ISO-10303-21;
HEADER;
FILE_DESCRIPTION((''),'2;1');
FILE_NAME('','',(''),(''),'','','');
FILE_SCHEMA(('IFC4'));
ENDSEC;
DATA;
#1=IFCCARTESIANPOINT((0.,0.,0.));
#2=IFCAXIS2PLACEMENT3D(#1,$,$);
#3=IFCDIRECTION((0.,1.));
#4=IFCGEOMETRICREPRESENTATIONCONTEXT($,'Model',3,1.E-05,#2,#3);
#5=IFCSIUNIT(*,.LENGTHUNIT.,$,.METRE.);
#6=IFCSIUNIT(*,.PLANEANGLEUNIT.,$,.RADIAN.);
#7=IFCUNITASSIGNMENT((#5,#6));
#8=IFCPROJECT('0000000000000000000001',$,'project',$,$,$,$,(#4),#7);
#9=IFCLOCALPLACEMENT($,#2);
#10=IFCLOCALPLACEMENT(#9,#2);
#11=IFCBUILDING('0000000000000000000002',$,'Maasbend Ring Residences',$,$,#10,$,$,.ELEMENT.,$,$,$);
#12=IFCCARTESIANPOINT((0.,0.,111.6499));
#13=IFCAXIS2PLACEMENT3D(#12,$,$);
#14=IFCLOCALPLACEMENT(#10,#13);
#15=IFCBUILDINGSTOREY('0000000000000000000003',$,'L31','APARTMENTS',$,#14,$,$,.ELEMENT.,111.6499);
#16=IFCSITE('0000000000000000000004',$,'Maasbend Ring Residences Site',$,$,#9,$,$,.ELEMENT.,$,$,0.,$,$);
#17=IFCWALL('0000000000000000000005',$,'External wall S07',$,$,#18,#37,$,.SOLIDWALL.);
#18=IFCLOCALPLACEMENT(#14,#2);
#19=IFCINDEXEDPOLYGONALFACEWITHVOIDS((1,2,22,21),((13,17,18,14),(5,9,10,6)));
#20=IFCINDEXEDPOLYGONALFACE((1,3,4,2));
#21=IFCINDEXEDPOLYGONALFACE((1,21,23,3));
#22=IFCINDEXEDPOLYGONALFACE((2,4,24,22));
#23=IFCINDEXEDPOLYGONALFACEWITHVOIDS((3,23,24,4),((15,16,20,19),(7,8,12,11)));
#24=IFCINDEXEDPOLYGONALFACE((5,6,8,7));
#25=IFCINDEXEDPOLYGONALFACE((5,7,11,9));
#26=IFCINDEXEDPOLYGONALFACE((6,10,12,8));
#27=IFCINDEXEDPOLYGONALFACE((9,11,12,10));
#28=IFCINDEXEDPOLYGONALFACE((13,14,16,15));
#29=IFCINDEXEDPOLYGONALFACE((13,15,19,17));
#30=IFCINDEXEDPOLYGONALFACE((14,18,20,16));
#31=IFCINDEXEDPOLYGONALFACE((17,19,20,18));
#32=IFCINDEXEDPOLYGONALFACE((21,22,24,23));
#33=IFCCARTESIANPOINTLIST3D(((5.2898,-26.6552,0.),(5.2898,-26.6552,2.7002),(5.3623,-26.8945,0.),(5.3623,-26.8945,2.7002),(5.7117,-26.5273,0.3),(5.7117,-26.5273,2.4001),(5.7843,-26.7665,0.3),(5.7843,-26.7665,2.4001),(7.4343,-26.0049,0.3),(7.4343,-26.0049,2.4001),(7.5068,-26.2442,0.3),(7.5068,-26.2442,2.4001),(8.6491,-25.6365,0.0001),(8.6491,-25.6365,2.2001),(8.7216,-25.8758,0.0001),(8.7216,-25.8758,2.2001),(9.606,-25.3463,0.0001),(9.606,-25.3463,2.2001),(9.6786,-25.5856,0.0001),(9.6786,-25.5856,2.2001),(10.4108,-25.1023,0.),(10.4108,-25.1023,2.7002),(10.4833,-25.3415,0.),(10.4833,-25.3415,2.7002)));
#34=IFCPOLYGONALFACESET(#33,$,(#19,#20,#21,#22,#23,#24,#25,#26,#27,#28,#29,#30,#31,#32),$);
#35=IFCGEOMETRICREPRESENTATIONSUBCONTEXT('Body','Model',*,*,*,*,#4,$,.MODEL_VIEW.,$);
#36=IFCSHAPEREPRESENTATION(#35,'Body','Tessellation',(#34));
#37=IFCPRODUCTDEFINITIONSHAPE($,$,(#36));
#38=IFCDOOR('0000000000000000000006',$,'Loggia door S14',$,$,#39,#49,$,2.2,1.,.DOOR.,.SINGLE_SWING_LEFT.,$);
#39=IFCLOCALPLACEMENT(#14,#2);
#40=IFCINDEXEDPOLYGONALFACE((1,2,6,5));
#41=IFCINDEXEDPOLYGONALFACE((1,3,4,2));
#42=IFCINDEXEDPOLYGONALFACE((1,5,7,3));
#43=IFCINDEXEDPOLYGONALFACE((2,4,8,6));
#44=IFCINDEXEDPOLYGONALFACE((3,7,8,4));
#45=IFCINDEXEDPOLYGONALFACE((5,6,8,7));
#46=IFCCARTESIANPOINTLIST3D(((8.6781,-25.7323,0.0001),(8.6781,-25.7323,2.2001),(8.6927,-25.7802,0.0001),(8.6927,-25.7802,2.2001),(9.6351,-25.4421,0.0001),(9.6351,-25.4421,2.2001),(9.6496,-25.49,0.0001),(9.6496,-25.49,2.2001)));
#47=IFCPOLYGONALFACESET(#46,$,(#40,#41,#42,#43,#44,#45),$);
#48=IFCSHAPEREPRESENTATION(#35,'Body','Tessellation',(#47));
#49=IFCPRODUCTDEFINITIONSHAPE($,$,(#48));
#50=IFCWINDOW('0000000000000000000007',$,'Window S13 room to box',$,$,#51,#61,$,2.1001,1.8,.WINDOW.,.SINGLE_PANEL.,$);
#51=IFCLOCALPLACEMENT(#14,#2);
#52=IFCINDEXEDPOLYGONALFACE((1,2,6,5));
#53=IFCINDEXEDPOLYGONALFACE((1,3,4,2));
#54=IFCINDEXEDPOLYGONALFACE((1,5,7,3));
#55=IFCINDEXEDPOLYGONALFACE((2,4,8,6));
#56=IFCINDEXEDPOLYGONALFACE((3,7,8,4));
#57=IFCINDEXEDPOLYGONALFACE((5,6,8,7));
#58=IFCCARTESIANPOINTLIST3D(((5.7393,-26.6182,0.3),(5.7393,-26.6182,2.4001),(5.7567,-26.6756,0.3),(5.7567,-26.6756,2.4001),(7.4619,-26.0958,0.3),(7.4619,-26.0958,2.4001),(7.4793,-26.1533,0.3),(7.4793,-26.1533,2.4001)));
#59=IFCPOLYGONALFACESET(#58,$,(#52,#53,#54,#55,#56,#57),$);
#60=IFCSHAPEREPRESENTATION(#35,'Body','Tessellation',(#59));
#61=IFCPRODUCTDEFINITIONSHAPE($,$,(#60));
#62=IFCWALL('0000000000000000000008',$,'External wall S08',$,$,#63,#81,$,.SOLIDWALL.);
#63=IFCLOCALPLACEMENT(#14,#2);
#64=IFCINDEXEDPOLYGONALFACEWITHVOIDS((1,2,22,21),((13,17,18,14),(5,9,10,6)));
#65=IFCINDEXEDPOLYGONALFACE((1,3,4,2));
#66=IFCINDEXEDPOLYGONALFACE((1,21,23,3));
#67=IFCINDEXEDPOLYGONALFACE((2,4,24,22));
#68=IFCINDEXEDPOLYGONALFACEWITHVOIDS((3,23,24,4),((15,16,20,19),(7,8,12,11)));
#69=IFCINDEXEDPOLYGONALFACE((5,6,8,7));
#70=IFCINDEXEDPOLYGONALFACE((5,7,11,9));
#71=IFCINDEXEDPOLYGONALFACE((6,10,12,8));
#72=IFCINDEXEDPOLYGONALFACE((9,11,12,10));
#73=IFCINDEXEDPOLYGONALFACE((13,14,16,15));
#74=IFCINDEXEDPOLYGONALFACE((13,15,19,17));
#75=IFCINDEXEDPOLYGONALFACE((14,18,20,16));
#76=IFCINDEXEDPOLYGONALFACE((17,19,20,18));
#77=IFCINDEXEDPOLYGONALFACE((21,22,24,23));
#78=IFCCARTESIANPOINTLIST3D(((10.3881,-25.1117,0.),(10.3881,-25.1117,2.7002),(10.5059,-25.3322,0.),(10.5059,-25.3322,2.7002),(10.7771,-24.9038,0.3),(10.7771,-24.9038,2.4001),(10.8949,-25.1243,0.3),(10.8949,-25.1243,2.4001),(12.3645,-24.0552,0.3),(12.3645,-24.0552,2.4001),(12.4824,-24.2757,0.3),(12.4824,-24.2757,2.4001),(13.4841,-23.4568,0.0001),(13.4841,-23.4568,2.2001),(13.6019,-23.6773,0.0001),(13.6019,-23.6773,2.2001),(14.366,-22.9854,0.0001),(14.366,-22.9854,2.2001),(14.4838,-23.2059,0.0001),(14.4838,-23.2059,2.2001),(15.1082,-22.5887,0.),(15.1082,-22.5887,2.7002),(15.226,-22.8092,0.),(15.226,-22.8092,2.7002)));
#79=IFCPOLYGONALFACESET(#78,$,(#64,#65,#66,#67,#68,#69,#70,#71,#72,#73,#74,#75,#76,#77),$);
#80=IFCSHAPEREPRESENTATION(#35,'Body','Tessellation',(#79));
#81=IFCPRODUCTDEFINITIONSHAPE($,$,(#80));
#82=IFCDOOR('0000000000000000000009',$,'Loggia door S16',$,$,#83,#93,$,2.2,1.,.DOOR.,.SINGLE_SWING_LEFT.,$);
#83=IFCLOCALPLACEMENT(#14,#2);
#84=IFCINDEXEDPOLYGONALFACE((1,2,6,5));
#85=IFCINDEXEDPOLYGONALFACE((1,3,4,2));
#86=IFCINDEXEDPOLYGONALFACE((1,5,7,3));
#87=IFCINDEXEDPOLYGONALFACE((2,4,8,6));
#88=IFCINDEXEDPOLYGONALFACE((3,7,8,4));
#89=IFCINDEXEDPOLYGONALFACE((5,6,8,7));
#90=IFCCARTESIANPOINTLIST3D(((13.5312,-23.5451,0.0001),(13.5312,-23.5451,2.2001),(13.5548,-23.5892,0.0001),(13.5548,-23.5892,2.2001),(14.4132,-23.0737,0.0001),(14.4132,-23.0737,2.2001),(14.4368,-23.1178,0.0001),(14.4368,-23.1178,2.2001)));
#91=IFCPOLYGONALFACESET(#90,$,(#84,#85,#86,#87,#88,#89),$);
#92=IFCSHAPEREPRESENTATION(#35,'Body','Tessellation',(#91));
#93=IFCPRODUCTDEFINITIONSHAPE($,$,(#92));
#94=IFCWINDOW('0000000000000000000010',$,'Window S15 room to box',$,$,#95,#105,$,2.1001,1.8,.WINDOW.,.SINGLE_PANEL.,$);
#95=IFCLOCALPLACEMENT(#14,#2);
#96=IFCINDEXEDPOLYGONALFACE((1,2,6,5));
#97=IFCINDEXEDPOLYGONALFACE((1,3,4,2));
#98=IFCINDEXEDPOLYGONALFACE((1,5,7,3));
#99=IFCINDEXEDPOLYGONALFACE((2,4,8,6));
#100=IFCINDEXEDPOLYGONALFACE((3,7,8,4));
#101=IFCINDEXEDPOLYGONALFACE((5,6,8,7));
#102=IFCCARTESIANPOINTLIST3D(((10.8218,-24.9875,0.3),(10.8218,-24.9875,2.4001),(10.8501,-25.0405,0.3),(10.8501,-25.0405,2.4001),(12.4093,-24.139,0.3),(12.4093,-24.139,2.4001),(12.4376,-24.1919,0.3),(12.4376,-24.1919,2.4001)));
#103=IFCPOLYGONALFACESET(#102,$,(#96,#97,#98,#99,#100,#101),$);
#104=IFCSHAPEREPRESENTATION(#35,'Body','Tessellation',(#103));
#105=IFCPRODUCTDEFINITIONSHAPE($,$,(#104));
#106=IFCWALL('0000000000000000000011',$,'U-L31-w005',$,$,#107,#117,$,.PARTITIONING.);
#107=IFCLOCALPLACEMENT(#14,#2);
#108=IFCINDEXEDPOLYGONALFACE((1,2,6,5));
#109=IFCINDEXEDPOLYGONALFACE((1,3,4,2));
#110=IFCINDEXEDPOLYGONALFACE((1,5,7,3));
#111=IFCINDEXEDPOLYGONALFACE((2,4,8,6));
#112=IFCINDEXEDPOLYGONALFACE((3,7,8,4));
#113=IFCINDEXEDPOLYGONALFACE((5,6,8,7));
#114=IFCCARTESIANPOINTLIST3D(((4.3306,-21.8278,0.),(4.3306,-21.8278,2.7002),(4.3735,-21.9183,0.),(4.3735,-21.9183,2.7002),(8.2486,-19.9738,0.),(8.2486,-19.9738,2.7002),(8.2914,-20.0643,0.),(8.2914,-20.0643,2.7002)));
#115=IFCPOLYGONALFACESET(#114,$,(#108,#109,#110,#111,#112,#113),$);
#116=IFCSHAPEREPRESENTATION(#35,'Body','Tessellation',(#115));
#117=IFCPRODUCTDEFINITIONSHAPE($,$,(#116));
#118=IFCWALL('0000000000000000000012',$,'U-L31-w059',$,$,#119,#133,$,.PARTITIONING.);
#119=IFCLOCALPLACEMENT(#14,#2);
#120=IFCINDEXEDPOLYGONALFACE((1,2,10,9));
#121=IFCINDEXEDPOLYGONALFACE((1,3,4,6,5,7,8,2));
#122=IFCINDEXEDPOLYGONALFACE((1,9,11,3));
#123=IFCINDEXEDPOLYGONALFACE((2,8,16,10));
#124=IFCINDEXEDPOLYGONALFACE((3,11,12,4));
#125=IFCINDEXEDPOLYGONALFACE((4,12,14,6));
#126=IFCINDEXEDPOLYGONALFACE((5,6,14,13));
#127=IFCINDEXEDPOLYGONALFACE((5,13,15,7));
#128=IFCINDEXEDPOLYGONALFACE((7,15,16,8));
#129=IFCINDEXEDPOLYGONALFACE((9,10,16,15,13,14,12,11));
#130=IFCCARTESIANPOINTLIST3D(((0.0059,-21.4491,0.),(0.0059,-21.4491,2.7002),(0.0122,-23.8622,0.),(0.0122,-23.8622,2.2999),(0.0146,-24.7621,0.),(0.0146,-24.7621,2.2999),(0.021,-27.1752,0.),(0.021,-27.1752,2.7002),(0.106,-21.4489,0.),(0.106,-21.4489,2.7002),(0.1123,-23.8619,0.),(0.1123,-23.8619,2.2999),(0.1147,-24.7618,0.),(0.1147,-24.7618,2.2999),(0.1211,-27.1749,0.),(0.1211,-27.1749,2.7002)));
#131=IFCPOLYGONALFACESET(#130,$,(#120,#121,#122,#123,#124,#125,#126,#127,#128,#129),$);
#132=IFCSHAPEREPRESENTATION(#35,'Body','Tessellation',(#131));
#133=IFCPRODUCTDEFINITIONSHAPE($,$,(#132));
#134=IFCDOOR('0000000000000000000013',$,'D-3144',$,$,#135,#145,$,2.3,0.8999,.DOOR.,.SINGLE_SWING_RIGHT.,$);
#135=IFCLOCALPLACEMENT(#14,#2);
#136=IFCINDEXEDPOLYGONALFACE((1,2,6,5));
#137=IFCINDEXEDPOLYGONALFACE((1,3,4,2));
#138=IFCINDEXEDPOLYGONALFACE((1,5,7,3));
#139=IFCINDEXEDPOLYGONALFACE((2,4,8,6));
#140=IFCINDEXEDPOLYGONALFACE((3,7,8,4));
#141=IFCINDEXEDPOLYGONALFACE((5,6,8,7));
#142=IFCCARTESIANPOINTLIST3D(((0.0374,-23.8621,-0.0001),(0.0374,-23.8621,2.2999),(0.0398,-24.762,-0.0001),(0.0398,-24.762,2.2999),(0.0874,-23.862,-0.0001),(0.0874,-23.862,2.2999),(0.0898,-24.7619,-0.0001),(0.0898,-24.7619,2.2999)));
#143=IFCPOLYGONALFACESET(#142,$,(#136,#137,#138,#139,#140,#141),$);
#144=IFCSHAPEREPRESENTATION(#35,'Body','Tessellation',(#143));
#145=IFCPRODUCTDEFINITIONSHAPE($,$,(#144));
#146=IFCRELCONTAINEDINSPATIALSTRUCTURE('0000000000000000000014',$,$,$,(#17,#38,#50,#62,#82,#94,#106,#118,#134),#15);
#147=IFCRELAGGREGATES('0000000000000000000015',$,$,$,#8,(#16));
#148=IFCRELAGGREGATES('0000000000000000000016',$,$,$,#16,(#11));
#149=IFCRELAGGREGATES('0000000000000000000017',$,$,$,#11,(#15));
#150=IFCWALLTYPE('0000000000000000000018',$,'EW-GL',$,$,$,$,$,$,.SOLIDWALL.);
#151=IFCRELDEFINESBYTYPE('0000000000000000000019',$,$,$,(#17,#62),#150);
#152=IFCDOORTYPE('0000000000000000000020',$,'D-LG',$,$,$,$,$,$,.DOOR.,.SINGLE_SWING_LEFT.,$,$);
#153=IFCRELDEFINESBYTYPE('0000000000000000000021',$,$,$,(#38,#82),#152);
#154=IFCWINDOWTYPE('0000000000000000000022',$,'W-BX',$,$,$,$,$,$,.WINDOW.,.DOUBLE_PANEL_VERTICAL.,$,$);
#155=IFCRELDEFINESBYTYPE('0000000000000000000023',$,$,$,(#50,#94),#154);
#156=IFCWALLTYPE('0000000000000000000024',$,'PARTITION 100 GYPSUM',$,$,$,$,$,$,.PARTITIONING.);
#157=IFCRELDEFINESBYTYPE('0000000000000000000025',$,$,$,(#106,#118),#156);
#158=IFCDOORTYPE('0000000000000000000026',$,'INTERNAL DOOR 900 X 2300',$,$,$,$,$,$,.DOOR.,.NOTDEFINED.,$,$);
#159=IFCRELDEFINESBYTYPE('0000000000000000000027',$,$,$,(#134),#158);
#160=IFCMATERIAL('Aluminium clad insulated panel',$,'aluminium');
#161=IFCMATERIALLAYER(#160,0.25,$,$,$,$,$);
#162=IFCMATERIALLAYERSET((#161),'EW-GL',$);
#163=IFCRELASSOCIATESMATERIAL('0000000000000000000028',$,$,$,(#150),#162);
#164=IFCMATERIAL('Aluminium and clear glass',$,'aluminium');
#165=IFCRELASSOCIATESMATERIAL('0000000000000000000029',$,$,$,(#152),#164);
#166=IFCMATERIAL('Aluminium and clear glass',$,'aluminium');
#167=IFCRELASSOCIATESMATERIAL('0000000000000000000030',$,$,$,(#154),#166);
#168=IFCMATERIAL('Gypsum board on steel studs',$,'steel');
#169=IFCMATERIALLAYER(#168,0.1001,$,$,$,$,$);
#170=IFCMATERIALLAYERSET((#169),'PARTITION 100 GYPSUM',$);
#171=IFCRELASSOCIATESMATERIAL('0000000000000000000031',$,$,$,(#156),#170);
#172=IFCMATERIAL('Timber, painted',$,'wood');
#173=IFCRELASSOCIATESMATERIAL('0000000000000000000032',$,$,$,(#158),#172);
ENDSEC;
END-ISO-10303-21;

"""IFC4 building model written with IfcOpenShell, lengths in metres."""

from ifc_helpers import new_model, si_unit, direction, frame, frame_2d, origin, place, context, subcontext, project, spatial, rectangle, extrude, material, layer, layer_set, type_object, element, fill, save


model = new_model("IFC4")

# Units and contexts
model_context = context("Model", 3, precision=1e-05, world=origin(), true_north=direction((0.0, 1.0)))
body_context = subcontext(model_context, "Body", "Model", "MODEL_VIEW")
ifc_project = project(units=[si_unit("LENGTHUNIT", "METRE"), si_unit("PLANEANGLEUNIT", "RADIAN")], contexts=[model_context])

# Site, building, storey
site_placement = place(None, origin())
site = spatial("IfcSite", under=ifc_project, at=site_placement, Name="Maasbend Ring Residences Site", CompositionType="ELEMENT", RefElevation=0.0)
building_placement = place(site_placement, origin())
building = spatial("IfcBuilding", under=site, at=building_placement, Name="Maasbend Ring Residences", CompositionType="ELEMENT")
storey_placement = place(building_placement, frame((0.0, 0.0, 111.6499)))
storey = spatial("IfcBuildingStorey", under=building, at=storey_placement, Name="L31", Description="APARTMENTS", CompositionType="ELEMENT", Elevation=111.6499)

# Walls, openings, doors, windows
ifc_material_1 = material(Name="Aluminium clad insulated panel", Category="aluminium")
ifc_layer_1 = layer(ifc_material_1, 0.25)
ifc_layer_set_1 = layer_set([ifc_layer_1], Name="EW-GL")
wall_type_1 = type_object("IfcWallType", Name="EW-GL", PredefinedType="SOLIDWALL", material=ifc_layer_set_1)
wall_1_placement = place(storey_placement, frame((5.3259, -26.7749, 0.0), z_axis=(0.0, 0.0, 1.0), x_axis=(0.956966, 0.290201, 0.0)))
wall_1 = element("IfcWall", 1, at=wall_1_placement, inside=storey, type_object=wall_type_1, Name="External wall S07", PredefinedType="SOLIDWALL", context=body_context, shape_type="SweptSolid", body=[
    extrude(rectangle(XDim=5.3513, YDim=0.25, at=frame_2d((2.6758, 0.0))), origin(), (0.0, 0.0, 1.0), 2.7002),
])
opening_1_placement = place(wall_1_placement, frame((0.4412, 0.0, 0.3)))
opening_1 = element("IfcOpeningElement", 2, at=opening_1_placement, cuts=wall_1, PredefinedType="OPENING", context=body_context, shape_type="SweptSolid", body=[
    extrude(rectangle(XDim=1.8, YDim=2.1001, at=frame_2d((0.8999, 1.05))), frame((0.0, 0.135, 0.0), z_axis=(0.0, -1.0, 0.0), x_axis=(1.0, 0.0, 0.0)), (0.0, 0.0, 1.0), 0.27),
])
opening_2_placement = place(wall_1_placement, frame((3.5105, 0.0, 0.0)))
opening_2 = element("IfcOpeningElement", 3, at=opening_2_placement, cuts=wall_1, PredefinedType="OPENING", context=body_context, shape_type="SweptSolid", body=[
    extrude(rectangle(XDim=1.0, YDim=2.2, at=frame_2d((0.5, 1.1001))), frame((0.0, 0.135, 0.0), z_axis=(0.0, -1.0, 0.0), x_axis=(1.0, 0.0, 0.0)), (0.0, 0.0, 1.0), 0.27),
])
ifc_material_2 = material(Name="Aluminium and clear glass", Category="aluminium")
door_type_1 = type_object("IfcDoorType", Name="D-LG", OperationType="SINGLE_SWING_LEFT", PredefinedType="DOOR", material=ifc_material_2)
door_1_placement = place(opening_2_placement, origin())
door_1 = element("IfcDoor", 4, at=door_1_placement, inside=storey, type_object=door_type_1, Name="Loggia door S14", OperationType="SINGLE_SWING_LEFT", OverallHeight=2.2, OverallWidth=1.0, PredefinedType="DOOR", context=body_context, shape_type="SweptSolid", body=[
    extrude(rectangle(XDim=1.0, YDim=2.2, at=frame_2d((0.5, 1.1001))), frame((0.0, 0.0249, 0.0), z_axis=(0.0, -1.0, 0.0), x_axis=(1.0, 0.0, 0.0)), (0.0, 0.0, 1.0), 0.05),
])
fill(opening_2, door_1)
ifc_material_3 = material(Name="Aluminium and clear glass", Category="aluminium")
window_type_1 = type_object("IfcWindowType", Name="W-BX", PartitioningType="DOUBLE_PANEL_VERTICAL", PredefinedType="WINDOW", material=ifc_material_3)
window_1_placement = place(opening_1_placement, origin())
window_1 = element("IfcWindow", 5, at=window_1_placement, inside=storey, type_object=window_type_1, Name="Window S13 room to box", OverallHeight=2.1001, OverallWidth=1.8, PartitioningType="SINGLE_PANEL", PredefinedType="WINDOW", context=body_context, shape_type="SweptSolid", body=[
    extrude(rectangle(XDim=1.8, YDim=2.1001, at=frame_2d((0.8999, 1.05))), frame((0.0, 0.03, 0.0), z_axis=(0.0, -1.0, 0.0), x_axis=(1.0, 0.0, 0.0)), (0.0, 0.0, 1.0), 0.0601),
])
fill(opening_1, window_1)
wall_2_placement = place(storey_placement, frame((10.447, -25.2219, 0.0), z_axis=(0.0, 0.0, 1.0), x_axis=(0.881916, 0.471407, 0.0)))
wall_2 = element("IfcWall", 6, at=wall_2_placement, inside=storey, type_object=wall_type_1, Name="External wall S08", PredefinedType="SOLIDWALL", context=body_context, shape_type="SweptSolid", body=[
    extrude(rectangle(XDim=5.3521, YDim=0.25, at=frame_2d((2.676, 0.0))), origin(), (0.0, 0.0, 1.0), 2.7002),
])
opening_3_placement = place(wall_2_placement, frame((0.4412, 0.0, 0.3)))
opening_3 = element("IfcOpeningElement", 7, at=opening_3_placement, cuts=wall_2, PredefinedType="OPENING", context=body_context, shape_type="SweptSolid", body=[
    extrude(rectangle(XDim=1.8, YDim=2.1001, at=frame_2d((0.8999, 1.05))), frame((0.0, 0.135, 0.0), z_axis=(0.0, -1.0, 0.0), x_axis=(1.0, 0.0, 0.0)), (0.0, 0.0, 1.0), 0.27),
])
opening_4_placement = place(wall_2_placement, frame((3.5105, 0.0, 0.0)))
opening_4 = element("IfcOpeningElement", 8, at=opening_4_placement, cuts=wall_2, PredefinedType="OPENING", context=body_context, shape_type="SweptSolid", body=[
    extrude(rectangle(XDim=1.0, YDim=2.2, at=frame_2d((0.5, 1.1001))), frame((0.0, 0.135, 0.0), z_axis=(0.0, -1.0, 0.0), x_axis=(1.0, 0.0, 0.0)), (0.0, 0.0, 1.0), 0.27),
])
door_2_placement = place(opening_4_placement, origin())
door_2 = element("IfcDoor", 9, at=door_2_placement, inside=storey, type_object=door_type_1, Name="Loggia door S16", OperationType="SINGLE_SWING_LEFT", OverallHeight=2.2, OverallWidth=1.0, PredefinedType="DOOR", context=body_context, shape_type="SweptSolid", body=[
    extrude(rectangle(XDim=1.0, YDim=2.2, at=frame_2d((0.5, 1.1001))), frame((0.0, 0.0249, 0.0), z_axis=(0.0, -1.0, 0.0), x_axis=(1.0, 0.0, 0.0)), (0.0, 0.0, 1.0), 0.05),
])
fill(opening_4, door_2)
window_2_placement = place(opening_3_placement, origin())
window_2 = element("IfcWindow", 10, at=window_2_placement, inside=storey, type_object=window_type_1, Name="Window S15 room to box", OverallHeight=2.1001, OverallWidth=1.8, PartitioningType="SINGLE_PANEL", PredefinedType="WINDOW", context=body_context, shape_type="SweptSolid", body=[
    extrude(rectangle(XDim=1.8, YDim=2.1001, at=frame_2d((0.8999, 1.05))), frame((0.0, 0.03, 0.0), z_axis=(0.0, -1.0, 0.0), x_axis=(1.0, 0.0, 0.0)), (0.0, 0.0, 1.0), 0.0601),
])
fill(opening_3, window_2)

# Wall
ifc_material_4 = material(Name="Gypsum board on steel studs", Category="steel")
ifc_layer_2 = layer(ifc_material_4, 0.1001)
ifc_layer_set_2 = layer_set([ifc_layer_2], Name="PARTITION 100 GYPSUM")
wall_type_2 = type_object("IfcWallType", Name="PARTITION 100 GYPSUM", PredefinedType="PARTITIONING", material=ifc_layer_set_2)
wall_3_placement = place(storey_placement, frame((4.3521, -21.873, 0.0), z_axis=(0.0, 0.0, 1.0), x_axis=(0.903905, 0.427733, 0.0)))
element("IfcWall", 11, at=wall_3_placement, inside=storey, type_object=wall_type_2, Name="U-L31-w005", PredefinedType="PARTITIONING", context=body_context, shape_type="SweptSolid", body=[
    extrude(rectangle(XDim=4.3345, YDim=0.1001, at=frame_2d((2.1672, 0.0))), origin(), (0.0, 0.0, 1.0), 2.7002),
])

# Wall, opening, door
wall_4_placement = place(storey_placement, frame((0.071, -27.175, 0.0), z_axis=(0.0, 0.0, 1.0), x_axis=(-0.002643, 0.999997, 0.0)))
wall_4 = element("IfcWall", 12, at=wall_4_placement, inside=storey, type_object=wall_type_2, Name="U-L31-w059", PredefinedType="PARTITIONING", context=body_context, shape_type="SweptSolid", body=[
    extrude(rectangle(XDim=5.7261, YDim=0.1001, at=frame_2d((2.863, 0.0))), origin(), (0.0, 0.0, 1.0), 2.7002),
])
opening_5_placement = place(wall_4_placement, frame((2.4131, 0.0, 0.0)))
opening_5 = element("IfcOpeningElement", 13, at=opening_5_placement, cuts=wall_4, PredefinedType="OPENING", context=body_context, shape_type="SweptSolid", body=[
    extrude(rectangle(XDim=0.8999, YDim=2.3, at=frame_2d((0.45, 1.1499))), frame((0.0, 0.0601, 0.0), z_axis=(0.0, -1.0, 0.0), x_axis=(1.0, 0.0, 0.0)), (0.0, 0.0, 1.0), 0.1201),
])
ifc_material_5 = material(Name="Timber, painted", Category="wood")
door_type_2 = type_object("IfcDoorType", Name="INTERNAL DOOR 900 X 2300", OperationType="NOTDEFINED", PredefinedType="DOOR", material=ifc_material_5)
door_3_placement = place(opening_5_placement, origin())
door_3 = element("IfcDoor", 14, at=door_3_placement, inside=storey, type_object=door_type_2, Name="D-3144", OperationType="SINGLE_SWING_RIGHT", OverallHeight=2.3, OverallWidth=0.8999, PredefinedType="DOOR", context=body_context, shape_type="SweptSolid", body=[
    extrude(rectangle(XDim=0.8999, YDim=2.3, at=frame_2d((0.45, 1.1499))), frame((0.0, 0.0249, 0.0), z_axis=(0.0, -1.0, 0.0), x_axis=(1.0, 0.0, 0.0)), (0.0, 0.0, 1.0), 0.05),
])
fill(opening_5, door_3)

save(model, "model.ifc")
